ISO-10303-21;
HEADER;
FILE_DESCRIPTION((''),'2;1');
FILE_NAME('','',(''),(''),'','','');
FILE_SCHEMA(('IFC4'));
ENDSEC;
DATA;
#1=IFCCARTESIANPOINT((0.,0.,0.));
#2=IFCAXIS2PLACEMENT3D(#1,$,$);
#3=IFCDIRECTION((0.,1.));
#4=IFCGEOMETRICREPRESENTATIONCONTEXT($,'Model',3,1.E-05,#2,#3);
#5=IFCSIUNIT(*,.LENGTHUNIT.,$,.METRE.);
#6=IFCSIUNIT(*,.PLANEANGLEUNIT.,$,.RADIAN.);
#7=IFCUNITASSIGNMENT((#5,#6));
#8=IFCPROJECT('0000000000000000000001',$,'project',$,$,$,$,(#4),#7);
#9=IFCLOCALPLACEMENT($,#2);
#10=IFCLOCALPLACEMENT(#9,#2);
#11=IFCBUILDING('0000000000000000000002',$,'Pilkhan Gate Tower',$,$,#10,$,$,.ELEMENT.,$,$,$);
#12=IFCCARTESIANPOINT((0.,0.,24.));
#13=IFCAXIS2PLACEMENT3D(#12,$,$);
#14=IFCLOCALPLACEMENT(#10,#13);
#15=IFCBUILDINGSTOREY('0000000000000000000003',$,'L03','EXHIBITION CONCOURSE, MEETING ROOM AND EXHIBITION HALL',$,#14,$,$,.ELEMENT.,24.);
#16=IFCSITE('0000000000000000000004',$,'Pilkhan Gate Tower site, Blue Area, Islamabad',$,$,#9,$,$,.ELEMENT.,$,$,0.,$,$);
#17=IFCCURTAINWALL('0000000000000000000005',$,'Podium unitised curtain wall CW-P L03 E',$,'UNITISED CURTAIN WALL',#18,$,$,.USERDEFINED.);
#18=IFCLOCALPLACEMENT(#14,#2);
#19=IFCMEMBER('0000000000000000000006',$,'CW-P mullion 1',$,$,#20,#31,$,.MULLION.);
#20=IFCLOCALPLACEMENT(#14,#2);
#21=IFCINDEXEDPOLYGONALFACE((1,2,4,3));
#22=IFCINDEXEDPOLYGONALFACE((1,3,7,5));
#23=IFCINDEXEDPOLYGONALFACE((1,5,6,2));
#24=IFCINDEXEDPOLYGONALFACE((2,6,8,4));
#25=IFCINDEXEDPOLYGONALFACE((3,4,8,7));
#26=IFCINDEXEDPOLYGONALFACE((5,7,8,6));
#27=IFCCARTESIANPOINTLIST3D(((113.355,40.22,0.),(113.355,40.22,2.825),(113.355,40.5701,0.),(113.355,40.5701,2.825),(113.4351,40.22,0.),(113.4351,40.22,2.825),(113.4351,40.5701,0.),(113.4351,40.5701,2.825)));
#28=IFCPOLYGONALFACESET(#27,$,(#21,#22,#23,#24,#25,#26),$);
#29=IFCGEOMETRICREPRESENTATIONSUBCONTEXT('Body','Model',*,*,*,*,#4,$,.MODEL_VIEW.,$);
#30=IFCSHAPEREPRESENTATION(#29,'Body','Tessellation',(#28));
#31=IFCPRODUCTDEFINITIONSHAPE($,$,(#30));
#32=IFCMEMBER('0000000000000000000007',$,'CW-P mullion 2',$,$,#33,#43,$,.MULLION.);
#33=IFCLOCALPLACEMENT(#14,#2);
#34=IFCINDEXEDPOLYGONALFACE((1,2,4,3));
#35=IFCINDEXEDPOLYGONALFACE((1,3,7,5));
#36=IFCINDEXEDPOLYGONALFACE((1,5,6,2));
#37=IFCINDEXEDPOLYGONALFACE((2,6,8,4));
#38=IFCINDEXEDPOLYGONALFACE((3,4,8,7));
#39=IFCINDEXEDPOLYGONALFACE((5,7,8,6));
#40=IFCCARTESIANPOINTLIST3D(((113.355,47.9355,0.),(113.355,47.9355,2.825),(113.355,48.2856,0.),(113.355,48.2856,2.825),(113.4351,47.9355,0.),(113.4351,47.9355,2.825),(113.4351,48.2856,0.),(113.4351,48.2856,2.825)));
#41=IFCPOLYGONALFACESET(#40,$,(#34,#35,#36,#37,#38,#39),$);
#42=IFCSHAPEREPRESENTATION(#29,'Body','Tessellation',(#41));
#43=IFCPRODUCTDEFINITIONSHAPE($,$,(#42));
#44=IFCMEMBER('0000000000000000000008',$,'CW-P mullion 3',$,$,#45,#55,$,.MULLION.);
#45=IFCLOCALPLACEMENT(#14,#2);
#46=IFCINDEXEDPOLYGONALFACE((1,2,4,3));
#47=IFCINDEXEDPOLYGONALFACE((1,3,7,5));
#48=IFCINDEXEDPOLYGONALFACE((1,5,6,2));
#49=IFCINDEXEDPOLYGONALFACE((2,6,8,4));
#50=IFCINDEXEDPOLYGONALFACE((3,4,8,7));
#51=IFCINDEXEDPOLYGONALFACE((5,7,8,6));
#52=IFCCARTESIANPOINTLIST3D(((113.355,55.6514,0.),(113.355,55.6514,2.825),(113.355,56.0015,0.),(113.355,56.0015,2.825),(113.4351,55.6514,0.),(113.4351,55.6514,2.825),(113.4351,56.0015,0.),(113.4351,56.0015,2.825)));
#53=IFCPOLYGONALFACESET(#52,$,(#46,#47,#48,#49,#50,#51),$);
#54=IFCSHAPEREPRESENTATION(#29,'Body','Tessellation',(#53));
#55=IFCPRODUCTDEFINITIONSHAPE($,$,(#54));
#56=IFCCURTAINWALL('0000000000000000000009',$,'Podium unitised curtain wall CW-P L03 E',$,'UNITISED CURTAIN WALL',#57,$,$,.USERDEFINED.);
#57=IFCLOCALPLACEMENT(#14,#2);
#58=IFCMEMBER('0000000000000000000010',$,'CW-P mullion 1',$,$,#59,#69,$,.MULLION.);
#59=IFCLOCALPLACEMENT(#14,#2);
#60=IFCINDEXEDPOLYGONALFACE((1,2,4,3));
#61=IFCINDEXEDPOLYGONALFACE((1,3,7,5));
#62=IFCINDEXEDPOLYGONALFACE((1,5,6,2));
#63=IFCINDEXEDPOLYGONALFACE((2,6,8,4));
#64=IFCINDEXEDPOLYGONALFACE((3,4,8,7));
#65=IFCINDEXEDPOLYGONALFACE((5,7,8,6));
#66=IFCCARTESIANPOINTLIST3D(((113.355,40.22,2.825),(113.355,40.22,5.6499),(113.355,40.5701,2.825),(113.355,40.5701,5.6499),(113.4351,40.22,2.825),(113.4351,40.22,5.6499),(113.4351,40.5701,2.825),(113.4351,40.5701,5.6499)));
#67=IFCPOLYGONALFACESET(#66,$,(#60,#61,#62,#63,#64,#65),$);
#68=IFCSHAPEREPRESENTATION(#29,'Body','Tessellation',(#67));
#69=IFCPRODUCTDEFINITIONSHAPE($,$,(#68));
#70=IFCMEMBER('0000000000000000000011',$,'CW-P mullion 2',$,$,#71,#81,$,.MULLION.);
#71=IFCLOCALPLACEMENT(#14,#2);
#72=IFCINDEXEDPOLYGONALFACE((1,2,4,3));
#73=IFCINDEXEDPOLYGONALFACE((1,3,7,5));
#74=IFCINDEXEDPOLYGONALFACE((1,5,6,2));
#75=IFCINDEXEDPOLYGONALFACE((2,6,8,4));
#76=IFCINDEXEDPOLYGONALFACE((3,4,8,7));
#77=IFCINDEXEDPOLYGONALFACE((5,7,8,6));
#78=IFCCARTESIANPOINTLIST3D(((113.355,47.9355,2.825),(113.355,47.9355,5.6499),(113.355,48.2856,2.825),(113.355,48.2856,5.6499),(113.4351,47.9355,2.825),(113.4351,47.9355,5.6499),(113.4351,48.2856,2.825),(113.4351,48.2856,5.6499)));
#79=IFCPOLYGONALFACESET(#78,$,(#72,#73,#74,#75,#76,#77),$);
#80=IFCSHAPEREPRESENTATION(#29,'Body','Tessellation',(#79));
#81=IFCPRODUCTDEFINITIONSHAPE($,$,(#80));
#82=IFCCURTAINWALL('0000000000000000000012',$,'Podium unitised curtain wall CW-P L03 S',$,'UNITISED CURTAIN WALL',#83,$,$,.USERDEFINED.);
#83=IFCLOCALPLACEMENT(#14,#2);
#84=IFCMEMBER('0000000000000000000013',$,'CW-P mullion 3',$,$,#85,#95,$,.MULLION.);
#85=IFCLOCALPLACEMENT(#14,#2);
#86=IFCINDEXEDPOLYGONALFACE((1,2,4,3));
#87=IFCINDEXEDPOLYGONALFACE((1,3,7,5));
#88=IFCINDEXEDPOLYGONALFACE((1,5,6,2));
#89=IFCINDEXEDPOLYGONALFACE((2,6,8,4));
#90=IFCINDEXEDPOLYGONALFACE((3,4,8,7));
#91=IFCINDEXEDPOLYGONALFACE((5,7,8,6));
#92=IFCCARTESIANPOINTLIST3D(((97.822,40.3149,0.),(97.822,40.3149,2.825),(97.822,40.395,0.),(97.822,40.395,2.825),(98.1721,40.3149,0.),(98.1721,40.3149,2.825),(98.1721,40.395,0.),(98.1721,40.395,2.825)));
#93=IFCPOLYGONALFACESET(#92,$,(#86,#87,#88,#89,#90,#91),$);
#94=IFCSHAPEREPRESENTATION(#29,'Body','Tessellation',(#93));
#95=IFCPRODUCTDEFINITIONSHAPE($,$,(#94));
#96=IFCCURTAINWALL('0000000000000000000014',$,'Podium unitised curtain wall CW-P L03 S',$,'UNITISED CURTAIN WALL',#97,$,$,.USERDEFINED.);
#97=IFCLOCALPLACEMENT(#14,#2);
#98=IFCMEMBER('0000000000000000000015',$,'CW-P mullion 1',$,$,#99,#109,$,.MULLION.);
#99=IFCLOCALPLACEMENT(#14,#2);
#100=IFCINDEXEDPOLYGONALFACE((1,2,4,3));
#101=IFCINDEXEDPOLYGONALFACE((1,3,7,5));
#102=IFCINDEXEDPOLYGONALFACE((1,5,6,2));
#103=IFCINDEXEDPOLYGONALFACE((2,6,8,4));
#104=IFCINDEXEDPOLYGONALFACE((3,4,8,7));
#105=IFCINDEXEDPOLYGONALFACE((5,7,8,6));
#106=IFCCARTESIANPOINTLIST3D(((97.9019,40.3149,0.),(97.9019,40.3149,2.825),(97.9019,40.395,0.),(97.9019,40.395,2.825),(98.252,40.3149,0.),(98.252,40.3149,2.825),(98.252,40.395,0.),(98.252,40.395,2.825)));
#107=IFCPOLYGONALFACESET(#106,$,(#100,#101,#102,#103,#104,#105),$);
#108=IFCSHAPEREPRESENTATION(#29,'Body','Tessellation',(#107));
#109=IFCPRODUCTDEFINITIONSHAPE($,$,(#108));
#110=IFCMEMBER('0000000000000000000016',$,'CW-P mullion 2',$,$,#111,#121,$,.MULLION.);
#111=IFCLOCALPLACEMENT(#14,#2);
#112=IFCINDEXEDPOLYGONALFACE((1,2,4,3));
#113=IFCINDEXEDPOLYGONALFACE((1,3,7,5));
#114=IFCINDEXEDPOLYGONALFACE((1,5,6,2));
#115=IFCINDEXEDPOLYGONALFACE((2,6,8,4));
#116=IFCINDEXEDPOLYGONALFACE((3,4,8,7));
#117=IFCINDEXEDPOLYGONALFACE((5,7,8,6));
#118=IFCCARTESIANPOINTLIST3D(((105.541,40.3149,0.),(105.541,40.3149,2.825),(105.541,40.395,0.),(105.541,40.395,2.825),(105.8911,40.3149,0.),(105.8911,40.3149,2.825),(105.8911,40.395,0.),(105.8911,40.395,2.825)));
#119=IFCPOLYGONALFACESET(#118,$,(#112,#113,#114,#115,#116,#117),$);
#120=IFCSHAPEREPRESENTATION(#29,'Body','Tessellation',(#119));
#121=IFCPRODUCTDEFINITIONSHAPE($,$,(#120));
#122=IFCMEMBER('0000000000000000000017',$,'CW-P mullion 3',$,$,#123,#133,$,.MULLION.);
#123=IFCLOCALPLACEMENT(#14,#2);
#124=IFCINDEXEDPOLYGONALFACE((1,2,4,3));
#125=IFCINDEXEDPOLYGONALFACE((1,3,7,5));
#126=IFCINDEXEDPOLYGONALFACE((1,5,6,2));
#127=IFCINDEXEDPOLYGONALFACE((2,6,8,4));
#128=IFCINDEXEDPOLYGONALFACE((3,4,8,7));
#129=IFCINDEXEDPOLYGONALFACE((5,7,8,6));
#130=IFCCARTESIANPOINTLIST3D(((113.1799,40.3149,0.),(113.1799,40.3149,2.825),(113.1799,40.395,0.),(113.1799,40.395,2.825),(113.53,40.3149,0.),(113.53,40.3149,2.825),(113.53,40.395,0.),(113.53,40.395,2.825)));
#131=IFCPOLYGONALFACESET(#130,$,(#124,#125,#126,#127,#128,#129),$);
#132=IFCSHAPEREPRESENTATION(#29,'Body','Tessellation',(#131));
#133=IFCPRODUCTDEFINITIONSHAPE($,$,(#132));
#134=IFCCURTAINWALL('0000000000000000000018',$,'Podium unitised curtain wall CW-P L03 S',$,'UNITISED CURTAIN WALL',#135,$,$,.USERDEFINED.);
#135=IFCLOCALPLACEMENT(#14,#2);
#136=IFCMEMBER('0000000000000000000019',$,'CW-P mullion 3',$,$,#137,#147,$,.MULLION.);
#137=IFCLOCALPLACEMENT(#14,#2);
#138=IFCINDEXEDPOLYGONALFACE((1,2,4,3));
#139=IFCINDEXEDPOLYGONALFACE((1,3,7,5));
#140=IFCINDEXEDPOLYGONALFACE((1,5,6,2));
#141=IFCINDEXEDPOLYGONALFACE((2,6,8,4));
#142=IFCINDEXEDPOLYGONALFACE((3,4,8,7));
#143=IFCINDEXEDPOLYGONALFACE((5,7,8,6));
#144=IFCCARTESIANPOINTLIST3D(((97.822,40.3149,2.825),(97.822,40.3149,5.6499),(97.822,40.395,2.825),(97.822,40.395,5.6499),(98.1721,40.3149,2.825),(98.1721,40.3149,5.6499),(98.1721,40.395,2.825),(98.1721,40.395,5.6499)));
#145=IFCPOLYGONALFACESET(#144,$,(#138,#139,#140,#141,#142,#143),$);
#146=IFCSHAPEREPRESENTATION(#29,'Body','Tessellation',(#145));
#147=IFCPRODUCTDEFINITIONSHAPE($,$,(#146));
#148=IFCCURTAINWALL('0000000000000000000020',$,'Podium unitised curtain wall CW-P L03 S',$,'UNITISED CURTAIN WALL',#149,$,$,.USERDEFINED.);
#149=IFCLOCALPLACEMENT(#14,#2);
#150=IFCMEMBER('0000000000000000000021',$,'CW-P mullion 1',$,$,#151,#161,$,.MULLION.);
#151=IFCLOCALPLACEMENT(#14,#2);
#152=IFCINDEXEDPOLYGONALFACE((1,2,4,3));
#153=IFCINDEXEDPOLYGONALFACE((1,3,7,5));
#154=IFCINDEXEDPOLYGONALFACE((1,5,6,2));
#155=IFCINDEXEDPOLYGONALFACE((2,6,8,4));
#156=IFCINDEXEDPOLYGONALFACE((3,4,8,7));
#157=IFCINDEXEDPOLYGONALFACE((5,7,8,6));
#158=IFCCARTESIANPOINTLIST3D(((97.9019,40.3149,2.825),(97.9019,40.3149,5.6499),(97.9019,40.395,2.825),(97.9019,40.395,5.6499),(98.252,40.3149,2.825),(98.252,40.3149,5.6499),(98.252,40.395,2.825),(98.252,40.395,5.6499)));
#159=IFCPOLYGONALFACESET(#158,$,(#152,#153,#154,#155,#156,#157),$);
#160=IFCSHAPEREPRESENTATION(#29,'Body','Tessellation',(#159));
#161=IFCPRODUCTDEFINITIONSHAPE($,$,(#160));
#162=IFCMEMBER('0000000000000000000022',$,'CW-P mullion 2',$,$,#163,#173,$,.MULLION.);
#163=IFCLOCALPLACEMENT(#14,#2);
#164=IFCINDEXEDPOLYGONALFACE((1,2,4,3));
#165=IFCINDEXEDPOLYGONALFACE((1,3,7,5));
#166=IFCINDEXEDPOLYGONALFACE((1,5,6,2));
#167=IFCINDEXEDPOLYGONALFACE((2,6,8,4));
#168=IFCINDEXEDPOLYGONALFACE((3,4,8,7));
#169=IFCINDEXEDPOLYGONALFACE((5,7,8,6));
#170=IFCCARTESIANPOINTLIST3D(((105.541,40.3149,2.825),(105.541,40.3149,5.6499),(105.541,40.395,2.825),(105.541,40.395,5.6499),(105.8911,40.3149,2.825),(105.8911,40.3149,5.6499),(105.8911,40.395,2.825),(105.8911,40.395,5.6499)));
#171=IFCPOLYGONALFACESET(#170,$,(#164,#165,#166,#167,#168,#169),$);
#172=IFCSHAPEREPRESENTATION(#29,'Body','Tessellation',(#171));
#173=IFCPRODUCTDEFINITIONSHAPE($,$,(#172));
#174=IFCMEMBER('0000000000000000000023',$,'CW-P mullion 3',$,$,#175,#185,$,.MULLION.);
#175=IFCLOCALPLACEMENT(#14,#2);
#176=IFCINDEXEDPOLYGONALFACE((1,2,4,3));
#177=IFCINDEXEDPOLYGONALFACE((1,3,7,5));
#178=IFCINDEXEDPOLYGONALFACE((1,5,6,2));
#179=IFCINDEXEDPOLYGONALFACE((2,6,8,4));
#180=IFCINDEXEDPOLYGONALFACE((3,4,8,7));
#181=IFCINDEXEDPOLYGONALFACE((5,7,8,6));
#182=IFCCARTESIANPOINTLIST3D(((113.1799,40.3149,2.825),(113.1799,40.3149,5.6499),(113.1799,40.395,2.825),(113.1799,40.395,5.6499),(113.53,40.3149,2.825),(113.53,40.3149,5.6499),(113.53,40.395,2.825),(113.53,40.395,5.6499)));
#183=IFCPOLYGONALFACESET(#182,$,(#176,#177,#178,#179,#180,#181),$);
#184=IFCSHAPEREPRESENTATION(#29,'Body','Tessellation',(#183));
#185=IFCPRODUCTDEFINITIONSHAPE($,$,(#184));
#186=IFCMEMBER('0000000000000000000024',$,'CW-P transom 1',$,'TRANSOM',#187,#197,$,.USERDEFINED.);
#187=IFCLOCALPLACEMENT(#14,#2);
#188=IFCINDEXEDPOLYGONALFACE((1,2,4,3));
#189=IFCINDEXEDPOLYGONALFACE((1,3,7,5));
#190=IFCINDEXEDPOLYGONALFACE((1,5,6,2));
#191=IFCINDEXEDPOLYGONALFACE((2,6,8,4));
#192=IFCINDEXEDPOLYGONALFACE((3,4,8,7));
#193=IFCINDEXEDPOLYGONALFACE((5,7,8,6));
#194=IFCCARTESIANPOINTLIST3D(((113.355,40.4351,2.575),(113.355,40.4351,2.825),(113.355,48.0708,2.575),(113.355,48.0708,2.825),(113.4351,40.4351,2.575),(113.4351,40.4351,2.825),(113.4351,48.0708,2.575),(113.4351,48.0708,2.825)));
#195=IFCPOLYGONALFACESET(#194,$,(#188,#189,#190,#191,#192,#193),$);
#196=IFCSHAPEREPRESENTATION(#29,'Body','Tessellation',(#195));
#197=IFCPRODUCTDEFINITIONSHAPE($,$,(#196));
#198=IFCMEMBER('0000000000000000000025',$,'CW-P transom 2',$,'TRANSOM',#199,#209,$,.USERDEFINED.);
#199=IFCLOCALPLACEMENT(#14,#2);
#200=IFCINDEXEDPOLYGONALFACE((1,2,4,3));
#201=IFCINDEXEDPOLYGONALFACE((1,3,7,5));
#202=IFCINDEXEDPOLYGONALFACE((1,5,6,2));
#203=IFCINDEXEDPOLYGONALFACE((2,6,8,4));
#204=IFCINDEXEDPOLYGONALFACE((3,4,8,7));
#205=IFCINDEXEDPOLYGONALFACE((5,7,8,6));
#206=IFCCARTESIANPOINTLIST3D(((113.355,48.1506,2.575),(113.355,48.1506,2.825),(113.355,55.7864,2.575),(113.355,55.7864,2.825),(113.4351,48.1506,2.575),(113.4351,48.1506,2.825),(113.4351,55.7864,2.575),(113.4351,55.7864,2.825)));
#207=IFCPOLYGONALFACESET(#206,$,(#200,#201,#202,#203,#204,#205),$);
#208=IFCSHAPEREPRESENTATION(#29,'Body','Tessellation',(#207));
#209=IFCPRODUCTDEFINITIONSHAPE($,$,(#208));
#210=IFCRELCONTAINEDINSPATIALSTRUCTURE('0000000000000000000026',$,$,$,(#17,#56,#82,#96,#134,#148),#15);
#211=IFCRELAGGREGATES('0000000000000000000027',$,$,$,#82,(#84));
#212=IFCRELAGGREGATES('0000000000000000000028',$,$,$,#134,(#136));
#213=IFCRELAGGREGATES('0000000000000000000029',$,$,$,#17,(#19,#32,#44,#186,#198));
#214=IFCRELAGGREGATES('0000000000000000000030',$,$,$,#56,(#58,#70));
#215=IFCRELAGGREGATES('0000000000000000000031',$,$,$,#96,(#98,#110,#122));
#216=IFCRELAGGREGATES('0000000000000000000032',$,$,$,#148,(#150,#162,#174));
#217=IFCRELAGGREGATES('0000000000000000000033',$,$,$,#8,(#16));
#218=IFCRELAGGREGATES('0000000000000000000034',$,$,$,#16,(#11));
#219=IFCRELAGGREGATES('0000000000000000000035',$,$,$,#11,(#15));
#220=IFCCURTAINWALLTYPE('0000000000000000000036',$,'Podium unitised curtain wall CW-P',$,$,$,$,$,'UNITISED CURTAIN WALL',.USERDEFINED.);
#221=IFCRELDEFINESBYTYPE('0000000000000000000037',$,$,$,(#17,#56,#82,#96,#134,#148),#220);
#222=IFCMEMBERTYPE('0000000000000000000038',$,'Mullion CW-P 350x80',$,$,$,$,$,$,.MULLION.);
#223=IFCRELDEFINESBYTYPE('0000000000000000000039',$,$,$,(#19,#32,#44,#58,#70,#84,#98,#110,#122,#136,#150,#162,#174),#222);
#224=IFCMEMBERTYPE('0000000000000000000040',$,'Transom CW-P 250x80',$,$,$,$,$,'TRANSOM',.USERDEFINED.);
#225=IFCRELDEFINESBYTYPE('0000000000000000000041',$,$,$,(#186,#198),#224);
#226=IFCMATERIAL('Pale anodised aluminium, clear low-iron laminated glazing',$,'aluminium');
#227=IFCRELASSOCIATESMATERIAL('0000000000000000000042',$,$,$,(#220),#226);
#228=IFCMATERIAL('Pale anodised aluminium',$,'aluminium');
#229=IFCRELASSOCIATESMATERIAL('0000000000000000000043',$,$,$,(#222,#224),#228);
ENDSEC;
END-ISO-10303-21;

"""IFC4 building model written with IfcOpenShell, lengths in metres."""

from ifc_helpers import new_model, si_unit, direction, frame, origin, origin_2d, place, context, subcontext, project, spatial, rectangle, extrude, material, material_profile, profile_set, type_object, element, aggregate, save


model = new_model("IFC4")

# Units and contexts
model_context = context("Model", 3, precision=1e-05, world=origin(), true_north=direction((0.0, 1.0)))
body_context = subcontext(model_context, "Body", "Model", "MODEL_VIEW")
ifc_project = project(units=[si_unit("LENGTHUNIT", "METRE"), si_unit("PLANEANGLEUNIT", "RADIAN")], contexts=[model_context])

# Site, building, storey
site_placement = place(None, origin())
site = spatial("IfcSite", under=ifc_project, at=site_placement, Name="Pilkhan Gate Tower site, Blue Area, Islamabad", CompositionType="ELEMENT", RefElevation=0.0)
building_placement = place(site_placement, origin())
building = spatial("IfcBuilding", under=site, at=building_placement, Name="Pilkhan Gate Tower", CompositionType="ELEMENT")
storey_placement = place(building_placement, frame((0.0, 0.0, 24.0)))
storey = spatial("IfcBuildingStorey", under=building, at=storey_placement, Name="L03", Description="EXHIBITION CONCOURSE, MEETING ROOM AND EXHIBITION HALL", CompositionType="ELEMENT", Elevation=24.0)

# Curtain walls, members
ifc_material_1 = material(Name="Pale anodised aluminium, clear low-iron laminated glazing", Category="aluminium")
curtain_wall_type = type_object("IfcCurtainWallType", Name="Podium unitised curtain wall CW-P", ElementType="UNITISED CURTAIN WALL", PredefinedType="USERDEFINED", material=ifc_material_1)
curtain_wall_1_placement = place(storey_placement, origin())
curtain_wall_1 = element("IfcCurtainWall", 1, at=curtain_wall_1_placement, inside=storey, type_object=curtain_wall_type, Name="Podium unitised curtain wall CW-P L03 E", ObjectType="UNITISED CURTAIN WALL", PredefinedType="USERDEFINED")
ifc_material_2 = material(Name="Pale anodised aluminium", Category="aluminium")
ifc_material_profile_1 = material_profile(ifc_material_2, rectangle(XDim=0.0801, YDim=0.3501, at=origin_2d()), Name="Mullion 350x80")
ifc_profile_set_1 = profile_set([ifc_material_profile_1], Name="Pale anodised aluminium")
member_type_1 = type_object("IfcMemberType", Name="Mullion CW-P 350x80", PredefinedType="MULLION", material=ifc_profile_set_1)
member_1_placement = place(storey_placement, frame((113.395, 40.395, 0.0), z_axis=(0.0, 0.0, 1.0), x_axis=(-1.0, 0.0, 0.0)))
member_1 = element("IfcMember", 2, at=member_1_placement, type_object=member_type_1, Name="CW-P mullion 1", PredefinedType="MULLION", context=body_context, shape_type="SweptSolid", body=[
    extrude(rectangle(XDim=0.0801, YDim=0.3501, at=origin_2d()), origin(), (0.0, 0.0, 1.0), 2.825),
])
member_2_placement = place(storey_placement, frame((113.395, 48.1106, 0.0), z_axis=(0.0, 0.0, 1.0), x_axis=(-1.0, 0.0, 0.0)))
member_2 = element("IfcMember", 3, at=member_2_placement, type_object=member_type_1, Name="CW-P mullion 2", PredefinedType="MULLION", context=body_context, shape_type="SweptSolid", body=[
    extrude(rectangle(XDim=0.0801, YDim=0.3501, at=origin_2d()), origin(), (0.0, 0.0, 1.0), 2.825),
])
member_3_placement = place(storey_placement, frame((113.395, 55.8264, 0.0), z_axis=(0.0, 0.0, 1.0), x_axis=(-1.0, 0.0, 0.0)))
member_3 = element("IfcMember", 4, at=member_3_placement, type_object=member_type_1, Name="CW-P mullion 3", PredefinedType="MULLION", context=body_context, shape_type="SweptSolid", body=[
    extrude(rectangle(XDim=0.0801, YDim=0.3501, at=origin_2d()), origin(), (0.0, 0.0, 1.0), 2.825),
])
curtain_wall_2_placement = place(storey_placement, origin())
curtain_wall_2 = element("IfcCurtainWall", 5, at=curtain_wall_2_placement, inside=storey, type_object=curtain_wall_type, Name="Podium unitised curtain wall CW-P L03 E", ObjectType="UNITISED CURTAIN WALL", PredefinedType="USERDEFINED")
member_4_placement = place(storey_placement, frame((113.395, 40.395, 2.825), z_axis=(0.0, 0.0, 1.0), x_axis=(-1.0, 0.0, 0.0)))
member_4 = element("IfcMember", 6, at=member_4_placement, type_object=member_type_1, Name="CW-P mullion 1", PredefinedType="MULLION", context=body_context, shape_type="SweptSolid", body=[
    extrude(rectangle(XDim=0.0801, YDim=0.3501, at=origin_2d()), origin(), (0.0, 0.0, 1.0), 2.825),
])
member_5_placement = place(storey_placement, frame((113.395, 48.1106, 2.825), z_axis=(0.0, 0.0, 1.0), x_axis=(-1.0, 0.0, 0.0)))
member_5 = element("IfcMember", 7, at=member_5_placement, type_object=member_type_1, Name="CW-P mullion 2", PredefinedType="MULLION", context=body_context, shape_type="SweptSolid", body=[
    extrude(rectangle(XDim=0.0801, YDim=0.3501, at=origin_2d()), origin(), (0.0, 0.0, 1.0), 2.825),
])

# Curtain wall, member
curtain_wall_3_placement = place(storey_placement, origin())
curtain_wall_3 = element("IfcCurtainWall", 8, at=curtain_wall_3_placement, inside=storey, type_object=curtain_wall_type, Name="Podium unitised curtain wall CW-P L03 S", ObjectType="UNITISED CURTAIN WALL", PredefinedType="USERDEFINED")
member_6_placement = place(storey_placement, frame((97.9971, 40.355, 0.0), z_axis=(0.0, 0.0, 1.0), x_axis=(0.0, 1.0, 0.0)))
member_6 = element("IfcMember", 9, at=member_6_placement, type_object=member_type_1, Name="CW-P mullion 3", PredefinedType="MULLION", context=body_context, shape_type="SweptSolid", body=[
    extrude(rectangle(XDim=0.0801, YDim=0.3501, at=origin_2d()), origin(), (0.0, 0.0, 1.0), 2.825),
])
aggregate(curtain_wall_3, [member_6])

# Curtain wall, members
curtain_wall_4_placement = place(storey_placement, origin())
curtain_wall_4 = element("IfcCurtainWall", 10, at=curtain_wall_4_placement, inside=storey, type_object=curtain_wall_type, Name="Podium unitised curtain wall CW-P L03 S", ObjectType="UNITISED CURTAIN WALL", PredefinedType="USERDEFINED")
member_7_placement = place(storey_placement, frame((98.0769, 40.355, 0.0), z_axis=(0.0, 0.0, 1.0), x_axis=(0.0, 1.0, 0.0)))
member_7 = element("IfcMember", 11, at=member_7_placement, type_object=member_type_1, Name="CW-P mullion 1", PredefinedType="MULLION", context=body_context, shape_type="SweptSolid", body=[
    extrude(rectangle(XDim=0.0801, YDim=0.3501, at=origin_2d()), origin(), (0.0, 0.0, 1.0), 2.825),
])
member_8_placement = place(storey_placement, frame((105.7161, 40.355, 0.0), z_axis=(0.0, 0.0, 1.0), x_axis=(0.0, 1.0, 0.0)))
member_8 = element("IfcMember", 12, at=member_8_placement, type_object=member_type_1, Name="CW-P mullion 2", PredefinedType="MULLION", context=body_context, shape_type="SweptSolid", body=[
    extrude(rectangle(XDim=0.0801, YDim=0.3501, at=origin_2d()), origin(), (0.0, 0.0, 1.0), 2.825),
])
member_9_placement = place(storey_placement, frame((113.355, 40.355, 0.0), z_axis=(0.0, 0.0, 1.0), x_axis=(0.0, 1.0, 0.0)))
member_9 = element("IfcMember", 13, at=member_9_placement, type_object=member_type_1, Name="CW-P mullion 3", PredefinedType="MULLION", context=body_context, shape_type="SweptSolid", body=[
    extrude(rectangle(XDim=0.0801, YDim=0.3501, at=origin_2d()), origin(), (0.0, 0.0, 1.0), 2.825),
])

# Curtain wall, member
curtain_wall_5_placement = place(storey_placement, origin())
curtain_wall_5 = element("IfcCurtainWall", 14, at=curtain_wall_5_placement, inside=storey, type_object=curtain_wall_type, Name="Podium unitised curtain wall CW-P L03 S", ObjectType="UNITISED CURTAIN WALL", PredefinedType="USERDEFINED")
member_10_placement = place(storey_placement, frame((97.9971, 40.355, 2.825), z_axis=(0.0, 0.0, 1.0), x_axis=(0.0, 1.0, 0.0)))
member_10 = element("IfcMember", 15, at=member_10_placement, type_object=member_type_1, Name="CW-P mullion 3", PredefinedType="MULLION", context=body_context, shape_type="SweptSolid", body=[
    extrude(rectangle(XDim=0.0801, YDim=0.3501, at=origin_2d()), origin(), (0.0, 0.0, 1.0), 2.825),
])
aggregate(curtain_wall_5, [member_10])

# Curtain wall, members
curtain_wall_6_placement = place(storey_placement, origin())
curtain_wall_6 = element("IfcCurtainWall", 16, at=curtain_wall_6_placement, inside=storey, type_object=curtain_wall_type, Name="Podium unitised curtain wall CW-P L03 S", ObjectType="UNITISED CURTAIN WALL", PredefinedType="USERDEFINED")
member_11_placement = place(storey_placement, frame((98.0769, 40.355, 2.825), z_axis=(0.0, 0.0, 1.0), x_axis=(0.0, 1.0, 0.0)))
member_11 = element("IfcMember", 17, at=member_11_placement, type_object=member_type_1, Name="CW-P mullion 1", PredefinedType="MULLION", context=body_context, shape_type="SweptSolid", body=[
    extrude(rectangle(XDim=0.0801, YDim=0.3501, at=origin_2d()), origin(), (0.0, 0.0, 1.0), 2.825),
])
member_12_placement = place(storey_placement, frame((105.7161, 40.355, 2.825), z_axis=(0.0, 0.0, 1.0), x_axis=(0.0, 1.0, 0.0)))
member_12 = element("IfcMember", 18, at=member_12_placement, type_object=member_type_1, Name="CW-P mullion 2", PredefinedType="MULLION", context=body_context, shape_type="SweptSolid", body=[
    extrude(rectangle(XDim=0.0801, YDim=0.3501, at=origin_2d()), origin(), (0.0, 0.0, 1.0), 2.825),
])
member_13_placement = place(storey_placement, frame((113.355, 40.355, 2.825), z_axis=(0.0, 0.0, 1.0), x_axis=(0.0, 1.0, 0.0)))
member_13 = element("IfcMember", 19, at=member_13_placement, type_object=member_type_1, Name="CW-P mullion 3", PredefinedType="MULLION", context=body_context, shape_type="SweptSolid", body=[
    extrude(rectangle(XDim=0.0801, YDim=0.3501, at=origin_2d()), origin(), (0.0, 0.0, 1.0), 2.825),
])

# Members
ifc_material_profile_2 = material_profile(ifc_material_2, rectangle(XDim=0.0801, YDim=0.25, at=origin_2d()), Name="Transom 250x80")
ifc_profile_set_2 = profile_set([ifc_material_profile_2], Name="Pale anodised aluminium")
member_type_2 = type_object("IfcMemberType", Name="Transom CW-P 250x80", ElementType="TRANSOM", PredefinedType="USERDEFINED", material=ifc_profile_set_2)
member_14_placement = place(storey_placement, frame((113.395, 40.4351, 2.7), z_axis=(0.0, 1.0, 0.0), x_axis=(-1.0, 0.0, 0.0)))
member_14 = element("IfcMember", 20, at=member_14_placement, type_object=member_type_2, Name="CW-P transom 1", ObjectType="TRANSOM", PredefinedType="USERDEFINED", context=body_context, shape_type="SweptSolid", body=[
    extrude(rectangle(XDim=0.0801, YDim=0.25, at=origin_2d()), origin(), (0.0, 0.0, 1.0), 7.6357),
])
member_15_placement = place(storey_placement, frame((113.395, 48.1506, 2.7), z_axis=(0.0, 1.0, 0.0), x_axis=(-1.0, 0.0, 0.0)))
member_15 = element("IfcMember", 21, at=member_15_placement, type_object=member_type_2, Name="CW-P transom 2", ObjectType="TRANSOM", PredefinedType="USERDEFINED", context=body_context, shape_type="SweptSolid", body=[
    extrude(rectangle(XDim=0.0801, YDim=0.25, at=origin_2d()), origin(), (0.0, 0.0, 1.0), 7.6357),
])

aggregate(curtain_wall_1, [member_1, member_2, member_3, member_14, member_15])
aggregate(curtain_wall_2, [member_4, member_5])
aggregate(curtain_wall_4, [member_7, member_8, member_9])
aggregate(curtain_wall_6, [member_11, member_12, member_13])

save(model, "model.ifc")
